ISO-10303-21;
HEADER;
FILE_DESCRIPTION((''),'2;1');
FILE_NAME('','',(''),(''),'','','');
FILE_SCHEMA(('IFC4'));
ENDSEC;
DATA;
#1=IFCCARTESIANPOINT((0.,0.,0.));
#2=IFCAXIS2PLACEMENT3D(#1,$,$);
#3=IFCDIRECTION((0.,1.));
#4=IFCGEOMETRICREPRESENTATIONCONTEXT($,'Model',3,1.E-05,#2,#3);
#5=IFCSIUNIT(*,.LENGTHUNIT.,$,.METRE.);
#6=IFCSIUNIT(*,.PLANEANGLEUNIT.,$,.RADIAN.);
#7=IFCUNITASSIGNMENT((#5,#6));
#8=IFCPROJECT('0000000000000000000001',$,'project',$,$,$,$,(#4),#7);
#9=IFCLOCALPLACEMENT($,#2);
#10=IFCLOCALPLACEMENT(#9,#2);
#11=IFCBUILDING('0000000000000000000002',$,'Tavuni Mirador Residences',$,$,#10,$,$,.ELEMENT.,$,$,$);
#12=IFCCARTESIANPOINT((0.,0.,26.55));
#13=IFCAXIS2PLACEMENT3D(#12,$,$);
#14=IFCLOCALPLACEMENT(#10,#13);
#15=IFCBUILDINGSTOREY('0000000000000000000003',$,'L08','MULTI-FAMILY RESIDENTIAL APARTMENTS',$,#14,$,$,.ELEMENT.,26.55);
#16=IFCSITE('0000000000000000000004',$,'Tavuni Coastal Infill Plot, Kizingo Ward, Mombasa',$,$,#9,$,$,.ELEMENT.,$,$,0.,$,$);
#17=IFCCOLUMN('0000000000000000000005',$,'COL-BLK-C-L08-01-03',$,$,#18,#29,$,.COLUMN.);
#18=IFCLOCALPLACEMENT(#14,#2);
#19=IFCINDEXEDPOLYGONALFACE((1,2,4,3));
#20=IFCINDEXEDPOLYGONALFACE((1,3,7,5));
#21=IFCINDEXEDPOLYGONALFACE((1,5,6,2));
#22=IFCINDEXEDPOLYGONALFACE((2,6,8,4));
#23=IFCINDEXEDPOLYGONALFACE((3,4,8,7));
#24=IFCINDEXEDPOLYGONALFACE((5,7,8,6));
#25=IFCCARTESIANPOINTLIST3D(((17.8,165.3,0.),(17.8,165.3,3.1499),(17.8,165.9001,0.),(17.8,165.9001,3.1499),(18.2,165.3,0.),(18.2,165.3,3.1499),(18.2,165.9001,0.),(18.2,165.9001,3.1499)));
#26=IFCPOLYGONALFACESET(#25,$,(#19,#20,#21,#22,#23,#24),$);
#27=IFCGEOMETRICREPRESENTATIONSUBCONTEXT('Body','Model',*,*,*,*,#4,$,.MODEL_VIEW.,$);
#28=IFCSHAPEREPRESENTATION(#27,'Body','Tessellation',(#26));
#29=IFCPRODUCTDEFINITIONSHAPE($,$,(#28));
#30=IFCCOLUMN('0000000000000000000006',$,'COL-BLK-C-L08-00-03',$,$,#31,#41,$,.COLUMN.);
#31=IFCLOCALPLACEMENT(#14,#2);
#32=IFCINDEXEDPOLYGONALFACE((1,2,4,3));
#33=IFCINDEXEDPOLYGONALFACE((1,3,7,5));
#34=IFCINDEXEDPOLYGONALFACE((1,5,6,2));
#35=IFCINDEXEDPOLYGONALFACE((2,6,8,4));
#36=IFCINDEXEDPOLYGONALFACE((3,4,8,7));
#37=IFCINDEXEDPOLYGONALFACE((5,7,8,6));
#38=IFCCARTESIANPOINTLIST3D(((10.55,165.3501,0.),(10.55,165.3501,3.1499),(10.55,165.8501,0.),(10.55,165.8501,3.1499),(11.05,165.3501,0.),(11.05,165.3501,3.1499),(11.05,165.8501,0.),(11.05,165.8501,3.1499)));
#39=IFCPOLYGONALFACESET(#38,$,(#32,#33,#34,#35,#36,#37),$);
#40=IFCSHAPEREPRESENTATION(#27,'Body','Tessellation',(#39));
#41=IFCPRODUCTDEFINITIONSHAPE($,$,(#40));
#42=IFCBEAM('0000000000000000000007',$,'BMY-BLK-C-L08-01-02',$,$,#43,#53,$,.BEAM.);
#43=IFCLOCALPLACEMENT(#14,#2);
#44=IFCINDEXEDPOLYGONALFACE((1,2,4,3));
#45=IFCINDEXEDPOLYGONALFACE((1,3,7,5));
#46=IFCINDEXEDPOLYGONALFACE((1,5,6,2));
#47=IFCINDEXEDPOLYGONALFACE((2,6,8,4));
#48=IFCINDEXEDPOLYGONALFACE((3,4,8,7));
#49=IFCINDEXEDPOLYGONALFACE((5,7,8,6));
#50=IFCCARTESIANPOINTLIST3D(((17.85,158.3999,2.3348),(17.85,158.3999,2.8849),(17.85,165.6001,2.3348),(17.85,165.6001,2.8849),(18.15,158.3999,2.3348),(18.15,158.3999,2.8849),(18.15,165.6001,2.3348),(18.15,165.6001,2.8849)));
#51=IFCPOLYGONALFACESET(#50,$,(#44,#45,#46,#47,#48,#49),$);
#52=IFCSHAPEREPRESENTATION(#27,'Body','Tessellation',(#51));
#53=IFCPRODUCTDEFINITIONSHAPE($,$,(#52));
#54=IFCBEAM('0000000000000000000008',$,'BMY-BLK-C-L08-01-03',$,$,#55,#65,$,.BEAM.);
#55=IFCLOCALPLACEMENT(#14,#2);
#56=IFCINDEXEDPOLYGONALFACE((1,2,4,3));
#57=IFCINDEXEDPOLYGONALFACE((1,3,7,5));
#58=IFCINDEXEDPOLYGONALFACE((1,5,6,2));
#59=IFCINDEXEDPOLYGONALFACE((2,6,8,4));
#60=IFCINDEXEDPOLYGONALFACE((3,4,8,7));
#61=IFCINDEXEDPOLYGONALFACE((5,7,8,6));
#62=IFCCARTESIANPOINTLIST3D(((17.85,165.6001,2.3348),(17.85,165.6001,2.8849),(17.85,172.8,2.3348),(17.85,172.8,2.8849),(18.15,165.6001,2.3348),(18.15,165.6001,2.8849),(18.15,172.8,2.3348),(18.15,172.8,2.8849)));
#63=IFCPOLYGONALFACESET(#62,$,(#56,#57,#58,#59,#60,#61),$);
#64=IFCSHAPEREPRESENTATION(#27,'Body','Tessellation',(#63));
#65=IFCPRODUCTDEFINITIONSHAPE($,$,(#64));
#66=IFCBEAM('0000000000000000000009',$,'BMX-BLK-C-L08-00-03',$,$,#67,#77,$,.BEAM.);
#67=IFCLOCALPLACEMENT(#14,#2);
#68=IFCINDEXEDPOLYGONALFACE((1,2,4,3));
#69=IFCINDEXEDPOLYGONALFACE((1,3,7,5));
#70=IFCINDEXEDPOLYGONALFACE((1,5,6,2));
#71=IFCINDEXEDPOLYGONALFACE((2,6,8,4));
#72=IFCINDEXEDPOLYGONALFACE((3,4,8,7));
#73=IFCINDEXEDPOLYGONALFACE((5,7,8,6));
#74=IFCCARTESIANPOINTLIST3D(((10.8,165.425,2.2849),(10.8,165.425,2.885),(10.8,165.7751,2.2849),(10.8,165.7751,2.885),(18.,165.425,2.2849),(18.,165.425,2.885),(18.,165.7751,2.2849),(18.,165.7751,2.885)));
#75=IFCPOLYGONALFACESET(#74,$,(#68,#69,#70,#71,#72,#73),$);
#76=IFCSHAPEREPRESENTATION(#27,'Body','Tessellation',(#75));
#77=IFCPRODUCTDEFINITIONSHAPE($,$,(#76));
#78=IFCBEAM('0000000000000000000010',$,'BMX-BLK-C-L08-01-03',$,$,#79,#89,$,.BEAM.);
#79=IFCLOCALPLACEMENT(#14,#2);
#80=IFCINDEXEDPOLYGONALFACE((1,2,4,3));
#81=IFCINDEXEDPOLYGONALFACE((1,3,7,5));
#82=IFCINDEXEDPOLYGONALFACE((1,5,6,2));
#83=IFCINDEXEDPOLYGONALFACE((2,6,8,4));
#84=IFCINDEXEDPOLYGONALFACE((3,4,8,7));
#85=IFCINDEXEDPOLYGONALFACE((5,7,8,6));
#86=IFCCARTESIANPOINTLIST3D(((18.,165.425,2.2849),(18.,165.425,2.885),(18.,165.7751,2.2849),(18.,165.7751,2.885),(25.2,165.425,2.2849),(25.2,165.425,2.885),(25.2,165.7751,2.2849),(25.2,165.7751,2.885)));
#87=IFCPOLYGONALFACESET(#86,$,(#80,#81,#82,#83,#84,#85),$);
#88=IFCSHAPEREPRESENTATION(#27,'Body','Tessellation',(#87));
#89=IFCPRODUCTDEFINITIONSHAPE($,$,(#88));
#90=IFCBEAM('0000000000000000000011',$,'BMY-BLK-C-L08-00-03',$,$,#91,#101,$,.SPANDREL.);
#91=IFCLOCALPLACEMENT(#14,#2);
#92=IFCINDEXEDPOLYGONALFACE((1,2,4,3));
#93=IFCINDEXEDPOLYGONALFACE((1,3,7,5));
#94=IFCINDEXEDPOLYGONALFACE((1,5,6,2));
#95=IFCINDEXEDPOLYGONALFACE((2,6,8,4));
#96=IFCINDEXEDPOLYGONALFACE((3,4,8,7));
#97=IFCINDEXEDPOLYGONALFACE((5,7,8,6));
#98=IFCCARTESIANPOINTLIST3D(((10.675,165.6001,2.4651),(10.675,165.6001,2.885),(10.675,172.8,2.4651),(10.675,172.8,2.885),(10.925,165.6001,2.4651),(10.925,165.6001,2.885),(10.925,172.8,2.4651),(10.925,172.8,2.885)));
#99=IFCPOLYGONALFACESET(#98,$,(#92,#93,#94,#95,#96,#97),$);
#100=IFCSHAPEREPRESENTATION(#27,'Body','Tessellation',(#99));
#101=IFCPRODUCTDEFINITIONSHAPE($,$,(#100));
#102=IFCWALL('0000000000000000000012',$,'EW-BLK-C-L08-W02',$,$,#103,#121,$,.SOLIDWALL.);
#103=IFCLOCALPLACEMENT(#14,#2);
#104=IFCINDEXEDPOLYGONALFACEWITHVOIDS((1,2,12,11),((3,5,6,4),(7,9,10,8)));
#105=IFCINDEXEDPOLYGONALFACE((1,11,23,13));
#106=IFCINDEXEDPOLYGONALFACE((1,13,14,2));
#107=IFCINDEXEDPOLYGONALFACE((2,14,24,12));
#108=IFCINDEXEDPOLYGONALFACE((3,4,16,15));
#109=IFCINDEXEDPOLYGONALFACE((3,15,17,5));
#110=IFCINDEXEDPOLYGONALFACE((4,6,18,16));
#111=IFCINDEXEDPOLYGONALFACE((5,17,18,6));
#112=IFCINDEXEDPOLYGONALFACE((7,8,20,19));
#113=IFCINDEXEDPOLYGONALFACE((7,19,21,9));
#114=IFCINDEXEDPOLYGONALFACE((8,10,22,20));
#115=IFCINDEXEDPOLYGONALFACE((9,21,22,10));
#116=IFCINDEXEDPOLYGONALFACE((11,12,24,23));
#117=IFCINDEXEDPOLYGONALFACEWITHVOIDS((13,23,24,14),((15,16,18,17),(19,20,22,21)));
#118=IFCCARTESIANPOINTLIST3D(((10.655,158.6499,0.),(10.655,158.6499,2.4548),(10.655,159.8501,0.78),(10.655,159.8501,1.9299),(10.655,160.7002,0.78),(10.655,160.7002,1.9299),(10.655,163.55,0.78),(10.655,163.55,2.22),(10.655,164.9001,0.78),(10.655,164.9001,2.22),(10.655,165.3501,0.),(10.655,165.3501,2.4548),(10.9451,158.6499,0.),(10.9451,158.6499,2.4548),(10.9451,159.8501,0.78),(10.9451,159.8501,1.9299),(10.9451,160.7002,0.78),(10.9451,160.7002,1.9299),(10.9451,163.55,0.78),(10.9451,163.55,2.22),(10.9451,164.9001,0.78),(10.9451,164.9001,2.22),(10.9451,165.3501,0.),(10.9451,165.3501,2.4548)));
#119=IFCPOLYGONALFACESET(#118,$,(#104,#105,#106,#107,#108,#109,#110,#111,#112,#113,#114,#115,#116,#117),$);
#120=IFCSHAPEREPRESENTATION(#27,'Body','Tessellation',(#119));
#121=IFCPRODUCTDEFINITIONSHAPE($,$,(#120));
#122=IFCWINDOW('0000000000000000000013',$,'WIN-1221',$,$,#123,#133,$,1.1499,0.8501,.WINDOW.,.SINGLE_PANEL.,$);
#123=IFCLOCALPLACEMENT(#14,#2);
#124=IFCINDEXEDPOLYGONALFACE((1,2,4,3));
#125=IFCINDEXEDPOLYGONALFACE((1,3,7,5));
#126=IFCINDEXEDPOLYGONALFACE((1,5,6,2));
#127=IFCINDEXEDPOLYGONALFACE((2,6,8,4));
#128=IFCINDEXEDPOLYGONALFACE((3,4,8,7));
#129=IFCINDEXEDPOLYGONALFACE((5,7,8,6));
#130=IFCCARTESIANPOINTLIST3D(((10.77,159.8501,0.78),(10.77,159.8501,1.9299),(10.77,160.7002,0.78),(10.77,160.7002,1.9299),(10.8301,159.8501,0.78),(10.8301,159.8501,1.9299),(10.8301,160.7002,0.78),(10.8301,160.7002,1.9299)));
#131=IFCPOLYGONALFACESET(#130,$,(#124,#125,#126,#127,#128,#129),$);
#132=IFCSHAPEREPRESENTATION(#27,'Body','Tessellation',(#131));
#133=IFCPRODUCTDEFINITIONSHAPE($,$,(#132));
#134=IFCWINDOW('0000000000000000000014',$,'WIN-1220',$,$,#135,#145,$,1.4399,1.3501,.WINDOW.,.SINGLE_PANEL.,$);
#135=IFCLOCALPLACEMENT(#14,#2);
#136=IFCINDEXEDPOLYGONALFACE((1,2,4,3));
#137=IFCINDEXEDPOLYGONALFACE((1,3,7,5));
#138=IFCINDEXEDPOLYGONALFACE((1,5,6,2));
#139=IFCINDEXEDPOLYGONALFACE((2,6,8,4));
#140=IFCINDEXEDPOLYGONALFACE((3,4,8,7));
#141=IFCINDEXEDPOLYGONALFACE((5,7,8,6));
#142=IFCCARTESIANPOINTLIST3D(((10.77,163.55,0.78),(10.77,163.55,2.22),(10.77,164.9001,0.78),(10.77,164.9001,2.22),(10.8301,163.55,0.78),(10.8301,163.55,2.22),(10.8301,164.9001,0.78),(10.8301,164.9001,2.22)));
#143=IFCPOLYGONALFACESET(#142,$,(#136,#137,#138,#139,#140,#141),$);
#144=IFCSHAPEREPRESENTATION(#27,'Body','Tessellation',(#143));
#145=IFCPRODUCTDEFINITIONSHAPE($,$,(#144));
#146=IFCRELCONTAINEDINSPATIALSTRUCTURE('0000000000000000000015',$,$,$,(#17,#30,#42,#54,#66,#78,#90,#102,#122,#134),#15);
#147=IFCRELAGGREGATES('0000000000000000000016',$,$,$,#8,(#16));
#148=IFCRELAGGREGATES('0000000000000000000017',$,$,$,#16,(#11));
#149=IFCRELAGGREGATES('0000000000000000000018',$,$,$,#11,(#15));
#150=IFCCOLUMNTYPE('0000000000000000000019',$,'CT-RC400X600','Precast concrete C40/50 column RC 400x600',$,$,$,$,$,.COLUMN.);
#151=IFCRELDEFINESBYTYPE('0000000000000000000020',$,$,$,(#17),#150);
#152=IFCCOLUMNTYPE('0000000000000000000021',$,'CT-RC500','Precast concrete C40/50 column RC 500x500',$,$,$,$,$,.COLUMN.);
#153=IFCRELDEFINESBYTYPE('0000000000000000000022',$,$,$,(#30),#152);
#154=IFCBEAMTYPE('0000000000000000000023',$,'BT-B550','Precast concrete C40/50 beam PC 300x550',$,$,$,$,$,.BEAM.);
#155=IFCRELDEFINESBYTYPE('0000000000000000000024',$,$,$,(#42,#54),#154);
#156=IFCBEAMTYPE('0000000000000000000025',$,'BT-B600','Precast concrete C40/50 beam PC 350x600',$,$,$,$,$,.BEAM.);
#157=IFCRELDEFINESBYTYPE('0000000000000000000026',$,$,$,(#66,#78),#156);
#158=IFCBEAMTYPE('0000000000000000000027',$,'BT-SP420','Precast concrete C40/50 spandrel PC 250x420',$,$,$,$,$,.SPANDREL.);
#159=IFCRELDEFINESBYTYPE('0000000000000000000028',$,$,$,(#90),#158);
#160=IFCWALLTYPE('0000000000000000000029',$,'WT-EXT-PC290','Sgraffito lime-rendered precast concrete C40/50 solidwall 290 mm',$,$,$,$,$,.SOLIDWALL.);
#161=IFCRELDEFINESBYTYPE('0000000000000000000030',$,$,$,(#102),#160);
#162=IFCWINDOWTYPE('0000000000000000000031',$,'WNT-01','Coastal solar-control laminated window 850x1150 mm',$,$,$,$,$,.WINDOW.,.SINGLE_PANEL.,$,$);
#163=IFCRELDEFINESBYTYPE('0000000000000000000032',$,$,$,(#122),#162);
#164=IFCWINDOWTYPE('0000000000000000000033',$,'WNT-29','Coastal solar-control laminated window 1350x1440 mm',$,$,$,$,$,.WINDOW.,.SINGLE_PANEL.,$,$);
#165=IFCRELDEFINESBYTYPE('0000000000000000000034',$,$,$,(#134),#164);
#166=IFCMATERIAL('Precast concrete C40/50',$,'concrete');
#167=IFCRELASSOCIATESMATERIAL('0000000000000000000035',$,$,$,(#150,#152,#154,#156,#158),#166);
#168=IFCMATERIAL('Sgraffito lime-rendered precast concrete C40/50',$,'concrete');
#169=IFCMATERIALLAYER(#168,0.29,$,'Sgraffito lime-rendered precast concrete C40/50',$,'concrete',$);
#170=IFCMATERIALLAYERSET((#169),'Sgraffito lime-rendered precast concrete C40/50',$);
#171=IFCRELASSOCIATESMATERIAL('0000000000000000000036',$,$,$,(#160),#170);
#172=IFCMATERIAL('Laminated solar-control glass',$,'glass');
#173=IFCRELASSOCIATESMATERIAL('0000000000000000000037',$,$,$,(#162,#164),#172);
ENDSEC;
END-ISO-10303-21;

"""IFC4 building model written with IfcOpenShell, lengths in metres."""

from ifc_helpers import new_model, si_unit, direction, frame, frame_2d, origin, origin_2d, place, context, subcontext, project, spatial, rectangle, extrude, material, layer, layer_set, material_profile, profile_set, type_object, element, fill, save


model = new_model("IFC4")

# Units and contexts
model_context = context("Model", 3, precision=1e-05, world=origin(), true_north=direction((0.0, 1.0)))
body_context = subcontext(model_context, "Body", "Model", "MODEL_VIEW")
ifc_project = project(units=[si_unit("LENGTHUNIT", "METRE"), si_unit("PLANEANGLEUNIT", "RADIAN")], contexts=[model_context])

# Site, building, storey
site_placement = place(None, origin())
site = spatial("IfcSite", under=ifc_project, at=site_placement, Name="Tavuni Coastal Infill Plot, Kizingo Ward, Mombasa", CompositionType="ELEMENT", RefElevation=0.0)
building_placement = place(site_placement, origin())
building = spatial("IfcBuilding", under=site, at=building_placement, Name="Tavuni Mirador Residences", CompositionType="ELEMENT")
storey_placement = place(building_placement, frame((0.0, 0.0, 26.55)))
storey = spatial("IfcBuildingStorey", under=building, at=storey_placement, Name="L08", Description="MULTI-FAMILY RESIDENTIAL APARTMENTS", CompositionType="ELEMENT", Elevation=26.55)

# Columns
ifc_material_1 = material(Name="Precast concrete C40/50", Category="concrete")
ifc_material_profile_1 = material_profile(ifc_material_1, rectangle(XDim=0.3999, YDim=0.6001, at=origin_2d()), Name="RC 400x600", Category="concrete")
ifc_profile_set_1 = profile_set([ifc_material_profile_1], Name="Precast concrete C40/50")
column_type_1 = type_object("IfcColumnType", Name="CT-RC400X600", Description="Precast concrete C40/50 column RC 400x600", PredefinedType="COLUMN", material=ifc_profile_set_1)
column_1_placement = place(storey_placement, frame((18.0, 165.6001, 0.0), z_axis=(0.0, 0.0, 1.0), x_axis=(1.0, 0.0, 0.0)))
element("IfcColumn", 1, at=column_1_placement, inside=storey, type_object=column_type_1, Name="COL-BLK-C-L08-01-03", PredefinedType="COLUMN", context=body_context, shape_type="SweptSolid", body=[
    extrude(rectangle(XDim=0.3999, YDim=0.6001, at=origin_2d()), origin(), (0.0, 0.0, 1.0), 3.1499),
])
ifc_material_profile_2 = material_profile(ifc_material_1, rectangle(XDim=0.5, YDim=0.5, at=origin_2d()), Name="RC 500x500", Category="concrete")
ifc_profile_set_2 = profile_set([ifc_material_profile_2], Name="Precast concrete C40/50")
column_type_2 = type_object("IfcColumnType", Name="CT-RC500", Description="Precast concrete C40/50 column RC 500x500", PredefinedType="COLUMN", material=ifc_profile_set_2)
column_2_placement = place(storey_placement, frame((10.8, 165.6001, 0.0), z_axis=(0.0, 0.0, 1.0), x_axis=(1.0, 0.0, 0.0)))
element("IfcColumn", 2, at=column_2_placement, inside=storey, type_object=column_type_2, Name="COL-BLK-C-L08-00-03", PredefinedType="COLUMN", context=body_context, shape_type="SweptSolid", body=[
    extrude(rectangle(XDim=0.5, YDim=0.5, at=origin_2d()), origin(), (0.0, 0.0, 1.0), 3.1499),
])

# Beams
ifc_material_profile_3 = material_profile(ifc_material_1, rectangle(XDim=0.3, YDim=0.55, at=origin_2d()), Name="PC 300x550", Category="concrete")
ifc_profile_set_3 = profile_set([ifc_material_profile_3], Name="Precast concrete C40/50")
beam_type_1 = type_object("IfcBeamType", Name="BT-B550", Description="Precast concrete C40/50 beam PC 300x550", PredefinedType="BEAM", material=ifc_profile_set_3)
beam_1_placement = place(storey_placement, frame((18.0, 158.3999, 2.6099), z_axis=(0.0, 1.0, 0.0), x_axis=(-1.0, 0.0, 0.0)))
element("IfcBeam", 3, at=beam_1_placement, inside=storey, type_object=beam_type_1, Name="BMY-BLK-C-L08-01-02", PredefinedType="BEAM", context=body_context, shape_type="SweptSolid", body=[
    extrude(rectangle(XDim=0.3, YDim=0.55, at=origin_2d()), origin(), (0.0, 0.0, 1.0), 7.2002),
])
beam_2_placement = place(storey_placement, frame((18.0, 165.6001, 2.6099), z_axis=(0.0, 1.0, 0.0), x_axis=(-1.0, 0.0, 0.0)))
element("IfcBeam", 4, at=beam_2_placement, inside=storey, type_object=beam_type_1, Name="BMY-BLK-C-L08-01-03", PredefinedType="BEAM", context=body_context, shape_type="SweptSolid", body=[
    extrude(rectangle(XDim=0.3, YDim=0.55, at=origin_2d()), origin(), (0.0, 0.0, 1.0), 7.2),
])
ifc_material_profile_4 = material_profile(ifc_material_1, rectangle(XDim=0.3501, YDim=0.6001, at=origin_2d()), Name="PC 350x600", Category="concrete")
ifc_profile_set_4 = profile_set([ifc_material_profile_4], Name="Precast concrete C40/50")
beam_type_2 = type_object("IfcBeamType", Name="BT-B600", Description="Precast concrete C40/50 beam PC 350x600", PredefinedType="BEAM", material=ifc_profile_set_4)
for number, where, z_axis, x_axis, name in (
    (5, (10.8, 165.6001, 2.585), (1.0, 0.0, 0.0), (0.0, 1.0, 0.0), "BMX-BLK-C-L08-00-03"),
    (6, (18.0, 165.6001, 2.585), (1.0, 0.0, 0.0), (0.0, 1.0, 0.0), "BMX-BLK-C-L08-01-03"),
):
    element("IfcBeam", number, at=place(storey_placement, frame(where, z_axis=z_axis, x_axis=x_axis)), inside=storey, type_object=beam_type_2, Name=name, PredefinedType="BEAM", context=body_context, shape_type="SweptSolid", body=[
        extrude(rectangle(XDim=0.3501, YDim=0.6001, at=origin_2d()), origin(), (0.0, 0.0, 1.0), 7.2),
    ])
ifc_material_profile_5 = material_profile(ifc_material_1, rectangle(XDim=0.25, YDim=0.4199, at=origin_2d()), Name="PC 250x420", Category="concrete")
ifc_profile_set_5 = profile_set([ifc_material_profile_5], Name="Precast concrete C40/50")
beam_type_3 = type_object("IfcBeamType", Name="BT-SP420", Description="Precast concrete C40/50 spandrel PC 250x420", PredefinedType="SPANDREL", material=ifc_profile_set_5)
beam_3_placement = place(storey_placement, frame((10.8, 165.6001, 2.675), z_axis=(0.0, 1.0, 0.0), x_axis=(-1.0, 0.0, 0.0)))
element("IfcBeam", 7, at=beam_3_placement, inside=storey, type_object=beam_type_3, Name="BMY-BLK-C-L08-00-03", PredefinedType="SPANDREL", context=body_context, shape_type="SweptSolid", body=[
    extrude(rectangle(XDim=0.25, YDim=0.4199, at=origin_2d()), origin(), (0.0, 0.0, 1.0), 7.2),
])

# Wall, openings, windows
ifc_material_2 = material(Name="Sgraffito lime-rendered precast concrete C40/50", Category="concrete")
ifc_layer_1 = layer(ifc_material_2, 0.29, Name="Sgraffito lime-rendered precast concrete C40/50", Category="concrete")
ifc_layer_set_1 = layer_set([ifc_layer_1], Name="Sgraffito lime-rendered precast concrete C40/50")
wall_type_1 = type_object("IfcWallType", Name="WT-EXT-PC290", Description="Sgraffito lime-rendered precast concrete C40/50 solidwall 290 mm", PredefinedType="SOLIDWALL", material=ifc_layer_set_1)
wall_1_placement = place(storey_placement, frame((10.8, 165.3501, 0.0), z_axis=(0.0, 0.0, 1.0), x_axis=(0.0, -1.0, 0.0)))
wall_1 = element("IfcWall", 8, at=wall_1_placement, inside=storey, type_object=wall_type_1, Name="EW-BLK-C-L08-W02", PredefinedType="SOLIDWALL", context=body_context, shape_type="SweptSolid", body=[
    extrude(rectangle(XDim=6.7002, YDim=0.29, at=frame_2d((3.3501, 0.0))), origin(), (0.0, 0.0, 1.0), 2.4548),
])
opening_1_placement = place(wall_1_placement, frame((0.45, 0.0, 0.78)))
opening_1 = element("IfcOpeningElement", 9, at=opening_1_placement, cuts=wall_1, PredefinedType="OPENING", context=body_context, shape_type="SweptSolid", body=[
    extrude(rectangle(XDim=1.3501, YDim=1.4399, at=frame_2d((0.675, 0.72))), frame((0.0, 0.155, 0.0), z_axis=(0.0, -1.0, 0.0), x_axis=(1.0, 0.0, 0.0)), (0.0, 0.0, 1.0), 0.3101),
])
opening_2_placement = place(wall_1_placement, frame((4.6499, 0.0, 0.78)))
opening_2 = element("IfcOpeningElement", 10, at=opening_2_placement, cuts=wall_1, PredefinedType="OPENING", context=body_context, shape_type="SweptSolid", body=[
    extrude(rectangle(XDim=0.8501, YDim=1.1499, at=frame_2d((0.425, 0.575))), frame((0.0, 0.155, 0.0), z_axis=(0.0, -1.0, 0.0), x_axis=(1.0, 0.0, 0.0)), (0.0, 0.0, 1.0), 0.3101),
])
ifc_material_3 = material(Name="Laminated solar-control glass", Category="glass")
window_type_1 = type_object("IfcWindowType", Name="WNT-01", Description="Coastal solar-control laminated window 850x1150 mm", PartitioningType="SINGLE_PANEL", PredefinedType="WINDOW", material=ifc_material_3)
window_1_placement = place(opening_2_placement, origin())
window_1 = element("IfcWindow", 11, at=window_1_placement, inside=storey, type_object=window_type_1, Name="WIN-1221", OverallHeight=1.1499, OverallWidth=0.8501, PartitioningType="SINGLE_PANEL", PredefinedType="WINDOW", context=body_context, shape_type="SweptSolid", body=[
    extrude(rectangle(XDim=0.8501, YDim=1.1499, at=frame_2d((0.425, 0.575))), frame((0.0, 0.03, 0.0), z_axis=(0.0, -1.0, 0.0), x_axis=(1.0, 0.0, 0.0)), (0.0, 0.0, 1.0), 0.0601),
])
fill(opening_2, window_1)
window_type_2 = type_object("IfcWindowType", Name="WNT-29", Description="Coastal solar-control laminated window 1350x1440 mm", PartitioningType="SINGLE_PANEL", PredefinedType="WINDOW", material=ifc_material_3)
window_2_placement = place(opening_1_placement, origin())
window_2 = element("IfcWindow", 12, at=window_2_placement, inside=storey, type_object=window_type_2, Name="WIN-1220", OverallHeight=1.4399, OverallWidth=1.3501, PartitioningType="SINGLE_PANEL", PredefinedType="WINDOW", context=body_context, shape_type="SweptSolid", body=[
    extrude(rectangle(XDim=1.3501, YDim=1.4399, at=frame_2d((0.675, 0.72))), frame((0.0, 0.03, 0.0), z_axis=(0.0, -1.0, 0.0), x_axis=(1.0, 0.0, 0.0)), (0.0, 0.0, 1.0), 0.0601),
])
fill(opening_1, window_2)

save(model, "model.ifc")
